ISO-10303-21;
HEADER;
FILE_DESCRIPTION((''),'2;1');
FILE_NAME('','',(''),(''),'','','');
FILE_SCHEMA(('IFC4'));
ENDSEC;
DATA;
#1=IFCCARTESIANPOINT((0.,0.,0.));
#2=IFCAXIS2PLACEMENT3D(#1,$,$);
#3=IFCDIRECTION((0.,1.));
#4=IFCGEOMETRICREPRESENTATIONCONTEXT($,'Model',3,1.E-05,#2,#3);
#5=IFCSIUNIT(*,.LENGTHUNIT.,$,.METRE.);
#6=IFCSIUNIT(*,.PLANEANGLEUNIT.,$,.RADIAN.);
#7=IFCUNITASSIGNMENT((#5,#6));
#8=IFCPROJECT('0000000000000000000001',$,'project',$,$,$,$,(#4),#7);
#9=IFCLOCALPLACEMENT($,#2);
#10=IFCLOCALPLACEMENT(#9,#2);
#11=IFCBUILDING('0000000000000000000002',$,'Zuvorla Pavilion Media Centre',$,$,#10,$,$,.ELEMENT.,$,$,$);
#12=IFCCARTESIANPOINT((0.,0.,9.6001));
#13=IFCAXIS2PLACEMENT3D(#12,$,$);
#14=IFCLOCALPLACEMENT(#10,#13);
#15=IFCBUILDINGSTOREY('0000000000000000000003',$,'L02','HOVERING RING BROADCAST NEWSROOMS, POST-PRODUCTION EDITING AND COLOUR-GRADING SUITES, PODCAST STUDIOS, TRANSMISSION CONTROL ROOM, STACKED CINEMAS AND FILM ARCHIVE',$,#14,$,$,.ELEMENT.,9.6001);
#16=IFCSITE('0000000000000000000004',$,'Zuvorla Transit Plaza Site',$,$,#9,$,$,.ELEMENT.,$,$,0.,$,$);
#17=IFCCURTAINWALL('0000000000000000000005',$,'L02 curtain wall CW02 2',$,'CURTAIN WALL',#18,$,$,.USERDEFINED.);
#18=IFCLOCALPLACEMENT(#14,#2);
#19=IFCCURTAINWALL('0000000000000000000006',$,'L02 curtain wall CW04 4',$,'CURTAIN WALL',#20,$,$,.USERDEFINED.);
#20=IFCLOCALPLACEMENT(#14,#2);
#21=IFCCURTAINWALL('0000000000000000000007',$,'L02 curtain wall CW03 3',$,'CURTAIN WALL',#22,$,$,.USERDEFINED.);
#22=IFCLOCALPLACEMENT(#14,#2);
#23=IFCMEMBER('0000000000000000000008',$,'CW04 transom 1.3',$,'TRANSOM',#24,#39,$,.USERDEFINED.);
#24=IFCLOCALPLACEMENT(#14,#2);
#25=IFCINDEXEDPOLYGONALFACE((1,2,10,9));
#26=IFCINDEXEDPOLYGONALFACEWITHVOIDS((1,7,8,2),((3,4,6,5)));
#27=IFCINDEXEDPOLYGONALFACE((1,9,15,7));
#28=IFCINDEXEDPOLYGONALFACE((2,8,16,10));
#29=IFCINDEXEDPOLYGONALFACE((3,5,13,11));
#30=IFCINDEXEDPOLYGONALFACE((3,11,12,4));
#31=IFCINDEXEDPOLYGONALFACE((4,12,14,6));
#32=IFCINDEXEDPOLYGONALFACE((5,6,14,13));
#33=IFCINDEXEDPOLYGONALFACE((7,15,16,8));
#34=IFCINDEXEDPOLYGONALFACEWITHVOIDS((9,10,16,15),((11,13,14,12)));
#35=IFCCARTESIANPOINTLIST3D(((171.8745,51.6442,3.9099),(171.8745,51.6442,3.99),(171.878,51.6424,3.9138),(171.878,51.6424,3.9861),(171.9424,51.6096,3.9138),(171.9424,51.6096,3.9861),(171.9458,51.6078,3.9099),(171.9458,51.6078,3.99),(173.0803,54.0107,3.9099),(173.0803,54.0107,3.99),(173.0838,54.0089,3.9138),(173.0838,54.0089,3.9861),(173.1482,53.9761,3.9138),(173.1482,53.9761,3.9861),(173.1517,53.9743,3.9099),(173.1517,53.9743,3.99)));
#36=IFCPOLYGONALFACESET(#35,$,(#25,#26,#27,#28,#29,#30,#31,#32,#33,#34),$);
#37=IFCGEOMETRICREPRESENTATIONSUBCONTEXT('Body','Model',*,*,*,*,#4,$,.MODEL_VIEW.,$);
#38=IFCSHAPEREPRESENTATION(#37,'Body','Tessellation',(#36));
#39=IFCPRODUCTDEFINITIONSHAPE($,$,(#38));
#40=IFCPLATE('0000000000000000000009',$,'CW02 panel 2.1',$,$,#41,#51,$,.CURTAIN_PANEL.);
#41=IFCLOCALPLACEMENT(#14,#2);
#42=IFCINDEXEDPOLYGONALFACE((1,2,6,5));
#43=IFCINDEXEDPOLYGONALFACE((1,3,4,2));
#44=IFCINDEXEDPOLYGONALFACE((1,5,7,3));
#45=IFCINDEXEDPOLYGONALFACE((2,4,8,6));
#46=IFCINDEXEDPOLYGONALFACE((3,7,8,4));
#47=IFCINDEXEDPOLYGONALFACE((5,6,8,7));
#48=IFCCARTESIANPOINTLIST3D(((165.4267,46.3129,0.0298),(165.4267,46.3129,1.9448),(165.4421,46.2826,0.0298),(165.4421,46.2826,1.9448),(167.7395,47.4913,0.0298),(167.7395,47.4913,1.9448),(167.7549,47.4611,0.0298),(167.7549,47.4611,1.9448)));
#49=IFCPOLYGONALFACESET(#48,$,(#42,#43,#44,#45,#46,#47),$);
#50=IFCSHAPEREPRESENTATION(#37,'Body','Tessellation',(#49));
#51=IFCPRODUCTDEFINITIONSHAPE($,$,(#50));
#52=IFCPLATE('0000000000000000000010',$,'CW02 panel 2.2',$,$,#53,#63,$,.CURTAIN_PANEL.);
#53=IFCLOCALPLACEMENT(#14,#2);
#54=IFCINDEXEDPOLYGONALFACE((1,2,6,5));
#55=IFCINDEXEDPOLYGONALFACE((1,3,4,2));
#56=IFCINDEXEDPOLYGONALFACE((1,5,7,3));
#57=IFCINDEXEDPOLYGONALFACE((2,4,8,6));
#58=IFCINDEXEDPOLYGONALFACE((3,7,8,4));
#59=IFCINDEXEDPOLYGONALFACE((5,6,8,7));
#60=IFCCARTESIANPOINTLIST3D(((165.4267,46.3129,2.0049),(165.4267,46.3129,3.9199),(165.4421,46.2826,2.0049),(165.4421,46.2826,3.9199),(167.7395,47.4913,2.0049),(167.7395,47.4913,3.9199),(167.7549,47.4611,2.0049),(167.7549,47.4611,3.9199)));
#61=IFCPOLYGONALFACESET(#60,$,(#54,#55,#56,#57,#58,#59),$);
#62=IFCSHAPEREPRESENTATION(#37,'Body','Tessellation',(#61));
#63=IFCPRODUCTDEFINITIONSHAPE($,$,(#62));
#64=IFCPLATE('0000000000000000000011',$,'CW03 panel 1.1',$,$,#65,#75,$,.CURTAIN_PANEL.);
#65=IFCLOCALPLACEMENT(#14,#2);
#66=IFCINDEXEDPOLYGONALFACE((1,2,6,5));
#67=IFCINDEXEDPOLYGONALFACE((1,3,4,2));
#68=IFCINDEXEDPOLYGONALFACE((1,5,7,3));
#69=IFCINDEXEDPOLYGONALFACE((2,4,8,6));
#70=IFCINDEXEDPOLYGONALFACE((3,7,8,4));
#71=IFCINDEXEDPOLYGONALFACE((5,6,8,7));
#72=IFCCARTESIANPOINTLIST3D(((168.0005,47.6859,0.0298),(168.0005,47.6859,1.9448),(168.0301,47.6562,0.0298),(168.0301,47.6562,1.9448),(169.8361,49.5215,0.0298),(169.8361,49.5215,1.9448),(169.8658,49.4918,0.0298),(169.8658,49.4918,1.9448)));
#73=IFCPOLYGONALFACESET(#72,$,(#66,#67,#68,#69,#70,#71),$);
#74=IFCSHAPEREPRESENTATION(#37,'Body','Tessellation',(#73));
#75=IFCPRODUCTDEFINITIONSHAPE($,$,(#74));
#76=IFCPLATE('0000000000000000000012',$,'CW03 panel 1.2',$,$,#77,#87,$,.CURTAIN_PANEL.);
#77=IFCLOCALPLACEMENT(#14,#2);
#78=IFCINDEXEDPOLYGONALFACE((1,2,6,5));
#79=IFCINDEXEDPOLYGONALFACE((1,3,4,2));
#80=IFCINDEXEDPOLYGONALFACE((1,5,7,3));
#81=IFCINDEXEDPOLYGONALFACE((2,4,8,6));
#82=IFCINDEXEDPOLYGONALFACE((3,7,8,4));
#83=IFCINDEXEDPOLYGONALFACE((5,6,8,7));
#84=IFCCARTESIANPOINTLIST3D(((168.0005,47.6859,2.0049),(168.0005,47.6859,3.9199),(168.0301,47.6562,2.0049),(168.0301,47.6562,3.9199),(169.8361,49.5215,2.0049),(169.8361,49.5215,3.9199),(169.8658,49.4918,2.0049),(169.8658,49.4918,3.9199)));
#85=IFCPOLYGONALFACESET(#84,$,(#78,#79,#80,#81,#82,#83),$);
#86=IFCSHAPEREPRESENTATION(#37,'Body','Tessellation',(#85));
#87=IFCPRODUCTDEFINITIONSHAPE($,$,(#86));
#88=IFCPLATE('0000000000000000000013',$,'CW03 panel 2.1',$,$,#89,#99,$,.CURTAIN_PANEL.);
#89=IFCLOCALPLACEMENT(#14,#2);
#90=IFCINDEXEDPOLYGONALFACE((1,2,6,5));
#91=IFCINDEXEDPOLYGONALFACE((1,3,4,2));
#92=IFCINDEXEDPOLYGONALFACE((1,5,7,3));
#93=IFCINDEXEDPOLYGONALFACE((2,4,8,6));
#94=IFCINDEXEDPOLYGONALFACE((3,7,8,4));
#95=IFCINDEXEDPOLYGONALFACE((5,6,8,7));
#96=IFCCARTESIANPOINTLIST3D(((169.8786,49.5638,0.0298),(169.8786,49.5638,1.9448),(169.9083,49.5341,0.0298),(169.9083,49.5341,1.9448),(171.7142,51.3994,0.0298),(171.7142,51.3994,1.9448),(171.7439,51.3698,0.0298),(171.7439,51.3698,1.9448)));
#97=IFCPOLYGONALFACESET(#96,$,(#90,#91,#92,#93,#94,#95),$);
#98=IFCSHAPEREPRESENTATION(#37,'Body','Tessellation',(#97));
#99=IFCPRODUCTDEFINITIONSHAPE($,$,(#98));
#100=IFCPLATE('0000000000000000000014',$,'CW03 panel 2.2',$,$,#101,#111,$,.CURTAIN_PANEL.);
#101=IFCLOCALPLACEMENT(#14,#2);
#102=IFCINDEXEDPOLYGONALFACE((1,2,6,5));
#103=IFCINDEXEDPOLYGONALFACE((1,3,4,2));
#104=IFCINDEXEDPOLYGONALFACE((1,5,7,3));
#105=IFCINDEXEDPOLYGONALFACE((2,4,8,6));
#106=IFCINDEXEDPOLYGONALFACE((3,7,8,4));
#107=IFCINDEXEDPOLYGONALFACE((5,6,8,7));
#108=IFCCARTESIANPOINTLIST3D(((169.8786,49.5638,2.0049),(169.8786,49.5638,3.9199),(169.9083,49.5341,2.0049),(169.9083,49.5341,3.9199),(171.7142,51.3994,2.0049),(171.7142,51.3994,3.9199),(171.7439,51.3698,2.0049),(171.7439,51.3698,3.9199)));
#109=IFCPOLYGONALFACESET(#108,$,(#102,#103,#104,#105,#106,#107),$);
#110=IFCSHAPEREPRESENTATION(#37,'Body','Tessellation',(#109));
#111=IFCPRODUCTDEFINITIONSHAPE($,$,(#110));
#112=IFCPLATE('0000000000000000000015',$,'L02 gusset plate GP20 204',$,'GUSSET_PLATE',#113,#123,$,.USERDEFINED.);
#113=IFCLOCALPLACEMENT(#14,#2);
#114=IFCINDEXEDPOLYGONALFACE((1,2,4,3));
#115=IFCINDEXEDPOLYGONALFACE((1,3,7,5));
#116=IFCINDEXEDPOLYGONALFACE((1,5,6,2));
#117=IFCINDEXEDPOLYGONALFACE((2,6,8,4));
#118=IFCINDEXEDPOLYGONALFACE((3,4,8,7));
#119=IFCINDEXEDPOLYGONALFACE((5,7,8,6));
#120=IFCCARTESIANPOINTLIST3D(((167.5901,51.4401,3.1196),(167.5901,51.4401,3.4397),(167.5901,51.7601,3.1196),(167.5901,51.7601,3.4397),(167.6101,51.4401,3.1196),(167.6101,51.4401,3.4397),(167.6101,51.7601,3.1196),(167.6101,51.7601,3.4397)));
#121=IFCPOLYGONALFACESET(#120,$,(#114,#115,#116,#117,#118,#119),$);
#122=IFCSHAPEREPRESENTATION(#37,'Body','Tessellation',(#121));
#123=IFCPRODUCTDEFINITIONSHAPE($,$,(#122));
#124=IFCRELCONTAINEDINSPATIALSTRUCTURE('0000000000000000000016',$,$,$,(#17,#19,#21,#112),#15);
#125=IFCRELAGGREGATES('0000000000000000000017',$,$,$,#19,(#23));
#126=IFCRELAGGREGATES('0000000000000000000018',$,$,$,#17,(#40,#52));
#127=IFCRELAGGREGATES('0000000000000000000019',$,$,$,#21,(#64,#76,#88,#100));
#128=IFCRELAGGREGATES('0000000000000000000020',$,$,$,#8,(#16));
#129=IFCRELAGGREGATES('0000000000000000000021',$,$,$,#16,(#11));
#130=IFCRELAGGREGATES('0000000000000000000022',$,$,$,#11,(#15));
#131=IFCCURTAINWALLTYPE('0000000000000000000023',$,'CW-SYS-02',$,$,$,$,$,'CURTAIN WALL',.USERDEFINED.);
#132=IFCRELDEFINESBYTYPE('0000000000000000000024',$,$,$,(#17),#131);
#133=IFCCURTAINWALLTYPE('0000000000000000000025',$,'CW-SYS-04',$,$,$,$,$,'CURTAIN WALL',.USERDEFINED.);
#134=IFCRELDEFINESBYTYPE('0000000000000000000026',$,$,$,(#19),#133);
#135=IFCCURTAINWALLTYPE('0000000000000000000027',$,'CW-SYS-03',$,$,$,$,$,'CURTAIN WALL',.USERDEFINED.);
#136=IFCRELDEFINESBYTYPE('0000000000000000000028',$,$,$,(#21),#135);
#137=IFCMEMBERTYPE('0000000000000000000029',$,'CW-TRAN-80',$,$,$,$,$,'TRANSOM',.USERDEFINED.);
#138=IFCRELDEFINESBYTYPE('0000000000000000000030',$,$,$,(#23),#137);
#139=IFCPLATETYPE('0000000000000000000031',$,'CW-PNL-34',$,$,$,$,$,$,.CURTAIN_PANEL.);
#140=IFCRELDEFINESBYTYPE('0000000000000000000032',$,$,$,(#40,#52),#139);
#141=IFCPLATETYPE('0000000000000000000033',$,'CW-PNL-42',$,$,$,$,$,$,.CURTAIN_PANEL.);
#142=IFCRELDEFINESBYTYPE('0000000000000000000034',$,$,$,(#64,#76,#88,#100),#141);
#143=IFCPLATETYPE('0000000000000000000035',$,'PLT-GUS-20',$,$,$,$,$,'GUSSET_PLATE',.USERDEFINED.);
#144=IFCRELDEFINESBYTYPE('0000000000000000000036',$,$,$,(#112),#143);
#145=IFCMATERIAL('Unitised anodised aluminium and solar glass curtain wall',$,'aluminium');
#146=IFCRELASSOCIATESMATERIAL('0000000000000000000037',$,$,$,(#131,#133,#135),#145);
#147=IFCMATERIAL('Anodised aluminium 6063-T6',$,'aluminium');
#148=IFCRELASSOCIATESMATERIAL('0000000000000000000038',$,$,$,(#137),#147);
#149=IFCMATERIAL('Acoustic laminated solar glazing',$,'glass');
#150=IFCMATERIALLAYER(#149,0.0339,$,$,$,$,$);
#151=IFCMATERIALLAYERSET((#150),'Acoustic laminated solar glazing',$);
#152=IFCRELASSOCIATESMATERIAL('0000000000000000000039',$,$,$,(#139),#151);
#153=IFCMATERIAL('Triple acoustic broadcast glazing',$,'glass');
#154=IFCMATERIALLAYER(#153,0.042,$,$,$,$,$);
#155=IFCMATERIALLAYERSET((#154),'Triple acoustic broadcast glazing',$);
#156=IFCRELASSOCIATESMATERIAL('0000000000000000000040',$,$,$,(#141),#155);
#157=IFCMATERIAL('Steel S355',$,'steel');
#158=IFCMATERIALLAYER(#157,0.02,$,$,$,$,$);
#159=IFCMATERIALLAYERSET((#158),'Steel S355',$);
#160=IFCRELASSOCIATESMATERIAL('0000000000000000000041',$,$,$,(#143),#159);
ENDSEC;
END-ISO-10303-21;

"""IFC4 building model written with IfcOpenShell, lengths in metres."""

from ifc_helpers import new_model, si_unit, direction, frame, origin, origin_2d, place, context, subcontext, project, spatial, rectangle, hollow_rectangle, extrude, material, layer, layer_set, material_profile, profile_set, type_object, element, aggregate, save


model = new_model("IFC4")

# Units and contexts
model_context = context("Model", 3, precision=1e-05, world=origin(), true_north=direction((0.0, 1.0)))
body_context = subcontext(model_context, "Body", "Model", "MODEL_VIEW")
ifc_project = project(units=[si_unit("LENGTHUNIT", "METRE"), si_unit("PLANEANGLEUNIT", "RADIAN")], contexts=[model_context])

# Site, building, storey
site_placement = place(None, origin())
site = spatial("IfcSite", under=ifc_project, at=site_placement, Name="Zuvorla Transit Plaza Site", CompositionType="ELEMENT", RefElevation=0.0)
building_placement = place(site_placement, origin())
building = spatial("IfcBuilding", under=site, at=building_placement, Name="Zuvorla Pavilion Media Centre", CompositionType="ELEMENT")
storey_placement = place(building_placement, frame((0.0, 0.0, 9.6001)))
storey = spatial("IfcBuildingStorey", under=building, at=storey_placement, Name="L02", Description="HOVERING RING BROADCAST NEWSROOMS, POST-PRODUCTION EDITING AND COLOUR-GRADING SUITES, PODCAST STUDIOS, TRANSMISSION CONTROL ROOM, STACKED CINEMAS AND FILM ARCHIVE", CompositionType="ELEMENT", Elevation=9.6001)

# Shared definitions
ifc_material_1 = material(Name="Steel S355", Category="steel")

# Curtain walls
ifc_material_2 = material(Name="Unitised anodised aluminium and solar glass curtain wall", Category="aluminium")
curtain_wall_type_1 = type_object("IfcCurtainWallType", Name="CW-SYS-02", ElementType="CURTAIN WALL", PredefinedType="USERDEFINED", material=ifc_material_2)
curtain_wall_1_placement = place(storey_placement, origin())
curtain_wall_1 = element("IfcCurtainWall", 1, at=curtain_wall_1_placement, inside=storey, type_object=curtain_wall_type_1, Name="L02 curtain wall CW02 2", ObjectType="CURTAIN WALL", PredefinedType="USERDEFINED")
ifc_material_3 = material(Name="Anodised aluminium 6063-T6", Category="aluminium")
curtain_wall_type_2 = type_object("IfcCurtainWallType", Name="CW-SYS-04", ElementType="CURTAIN WALL", PredefinedType="USERDEFINED", material=ifc_material_2)
curtain_wall_2_placement = place(storey_placement, origin())
curtain_wall_2 = element("IfcCurtainWall", 2, at=curtain_wall_2_placement, inside=storey, type_object=curtain_wall_type_2, Name="L02 curtain wall CW04 4", ObjectType="CURTAIN WALL", PredefinedType="USERDEFINED")

# Curtain wall
curtain_wall_type_3 = type_object("IfcCurtainWallType", Name="CW-SYS-03", ElementType="CURTAIN WALL", PredefinedType="USERDEFINED", material=ifc_material_2)
curtain_wall_3_placement = place(storey_placement, origin())
curtain_wall_3 = element("IfcCurtainWall", 3, at=curtain_wall_3_placement, inside=storey, type_object=curtain_wall_type_3, Name="L02 curtain wall CW03 3", ObjectType="CURTAIN WALL", PredefinedType="USERDEFINED")

# Member
ifc_material_profile_1 = material_profile(ifc_material_3, hollow_rectangle(XDim=0.0801, YDim=0.0801, WallThickness=0.0039, at=origin_2d()), Name="ALU TRAN 80x80")
ifc_profile_set_1 = profile_set([ifc_material_profile_1], Name="Anodised aluminium 6063-T6")
member_type_1 = type_object("IfcMemberType", Name="CW-TRAN-80", ElementType="TRANSOM", PredefinedType="USERDEFINED", material=ifc_profile_set_1)
member_1_placement = place(storey_placement, frame((171.9102, 51.626, 3.95), z_axis=(0.454003, 0.891, 0.0), x_axis=(-0.891, 0.454003, 0.0)))
member_1 = element("IfcMember", 4, at=member_1_placement, type_object=member_type_1, Name="CW04 transom 1.3", ObjectType="TRANSOM", PredefinedType="USERDEFINED", context=body_context, shape_type="SweptSolid", body=[
    extrude(hollow_rectangle(XDim=0.0801, YDim=0.0801, WallThickness=0.0039, at=origin_2d()), origin(), (0.0, 0.0, 1.0), 2.656),
])
aggregate(curtain_wall_2, [member_1])

# Plates
ifc_material_4 = material(Name="Acoustic laminated solar glazing", Category="glass")
ifc_layer_1 = layer(ifc_material_4, 0.0339)
ifc_layer_set_1 = layer_set([ifc_layer_1], Name="Acoustic laminated solar glazing")
plate_type_1 = type_object("IfcPlateType", Name="CW-PNL-34", PredefinedType="CURTAIN_PANEL", material=ifc_layer_set_1)
plate_1_placement = place(storey_placement, frame((166.5908, 46.887, 0.0298), z_axis=(0.0, 0.0, 1.0), x_axis=(0.891009, 0.453986, 0.0)))
plate_1 = element("IfcPlate", 5, at=plate_1_placement, type_object=plate_type_1, Name="CW02 panel 2.1", PredefinedType="CURTAIN_PANEL", context=body_context, shape_type="SweptSolid", body=[
    extrude(rectangle(XDim=2.5957, YDim=0.0339, at=origin_2d()), origin(), (0.0, 0.0, 1.0), 1.915),
])
plate_2_placement = place(storey_placement, frame((166.5908, 46.887, 2.0049), z_axis=(0.0, 0.0, 1.0), x_axis=(0.891009, 0.453986, 0.0)))
plate_2 = element("IfcPlate", 6, at=plate_2_placement, type_object=plate_type_1, Name="CW02 panel 2.2", PredefinedType="CURTAIN_PANEL", context=body_context, shape_type="SweptSolid", body=[
    extrude(rectangle(XDim=2.5957, YDim=0.0339, at=origin_2d()), origin(), (0.0, 0.0, 1.0), 1.915),
])
aggregate(curtain_wall_1, [plate_1, plate_2])
ifc_material_5 = material(Name="Triple acoustic broadcast glazing", Category="glass")
ifc_layer_2 = layer(ifc_material_5, 0.042)
ifc_layer_set_2 = layer_set([ifc_layer_2], Name="Triple acoustic broadcast glazing")
plate_type_2 = type_object("IfcPlateType", Name="CW-PNL-42", PredefinedType="CURTAIN_PANEL", material=ifc_layer_set_2)
plate_3_placement = place(storey_placement, frame((168.9331, 48.5889, 0.0298), z_axis=(0.0, 0.0, 1.0), x_axis=(0.707107, 0.707107, 0.0)))
plate_3 = element("IfcPlate", 7, at=plate_3_placement, type_object=plate_type_2, Name="CW03 panel 1.1", PredefinedType="CURTAIN_PANEL", context=body_context, shape_type="SweptSolid", body=[
    extrude(rectangle(XDim=2.5959, YDim=0.042, at=origin_2d()), origin(), (0.0, 0.0, 1.0), 1.915),
])
plate_4_placement = place(storey_placement, frame((168.9331, 48.5889, 2.0049), z_axis=(0.0, 0.0, 1.0), x_axis=(0.707107, 0.707107, 0.0)))
plate_4 = element("IfcPlate", 8, at=plate_4_placement, type_object=plate_type_2, Name="CW03 panel 1.2", PredefinedType="CURTAIN_PANEL", context=body_context, shape_type="SweptSolid", body=[
    extrude(rectangle(XDim=2.5959, YDim=0.042, at=origin_2d()), origin(), (0.0, 0.0, 1.0), 1.915),
])
plate_5_placement = place(storey_placement, frame((170.8113, 50.4668, 0.0298), z_axis=(0.0, 0.0, 1.0), x_axis=(0.707107, 0.707107, 0.0)))
plate_5 = element("IfcPlate", 9, at=plate_5_placement, type_object=plate_type_2, Name="CW03 panel 2.1", PredefinedType="CURTAIN_PANEL", context=body_context, shape_type="SweptSolid", body=[
    extrude(rectangle(XDim=2.5959, YDim=0.042, at=origin_2d()), origin(), (0.0, 0.0, 1.0), 1.915),
])
plate_6_placement = place(storey_placement, frame((170.8113, 50.4668, 2.0049), z_axis=(0.0, 0.0, 1.0), x_axis=(0.707107, 0.707107, 0.0)))
plate_6 = element("IfcPlate", 10, at=plate_6_placement, type_object=plate_type_2, Name="CW03 panel 2.2", PredefinedType="CURTAIN_PANEL", context=body_context, shape_type="SweptSolid", body=[
    extrude(rectangle(XDim=2.5959, YDim=0.042, at=origin_2d()), origin(), (0.0, 0.0, 1.0), 1.915),
])
aggregate(curtain_wall_3, [plate_3, plate_4, plate_5, plate_6])
ifc_layer_3 = layer(ifc_material_1, 0.02)
ifc_layer_set_3 = layer_set([ifc_layer_3], Name="Steel S355")
plate_type_3 = type_object("IfcPlateType", Name="PLT-GUS-20", ElementType="GUSSET_PLATE", PredefinedType="USERDEFINED", material=ifc_layer_set_3)
plate_7_placement = place(storey_placement, frame((167.6001, 51.6001, 3.1196), z_axis=(0.0, 0.0, 1.0), x_axis=(1.0, 0.0, 0.0)))
element("IfcPlate", 11, at=plate_7_placement, inside=storey, type_object=plate_type_3, Name="L02 gusset plate GP20 204", ObjectType="GUSSET_PLATE", PredefinedType="USERDEFINED", context=body_context, shape_type="SweptSolid", body=[
    extrude(rectangle(XDim=0.02, YDim=0.3201, at=origin_2d()), origin(), (0.0, 0.0, 1.0), 0.3201),
])

save(model, "model.ifc")
